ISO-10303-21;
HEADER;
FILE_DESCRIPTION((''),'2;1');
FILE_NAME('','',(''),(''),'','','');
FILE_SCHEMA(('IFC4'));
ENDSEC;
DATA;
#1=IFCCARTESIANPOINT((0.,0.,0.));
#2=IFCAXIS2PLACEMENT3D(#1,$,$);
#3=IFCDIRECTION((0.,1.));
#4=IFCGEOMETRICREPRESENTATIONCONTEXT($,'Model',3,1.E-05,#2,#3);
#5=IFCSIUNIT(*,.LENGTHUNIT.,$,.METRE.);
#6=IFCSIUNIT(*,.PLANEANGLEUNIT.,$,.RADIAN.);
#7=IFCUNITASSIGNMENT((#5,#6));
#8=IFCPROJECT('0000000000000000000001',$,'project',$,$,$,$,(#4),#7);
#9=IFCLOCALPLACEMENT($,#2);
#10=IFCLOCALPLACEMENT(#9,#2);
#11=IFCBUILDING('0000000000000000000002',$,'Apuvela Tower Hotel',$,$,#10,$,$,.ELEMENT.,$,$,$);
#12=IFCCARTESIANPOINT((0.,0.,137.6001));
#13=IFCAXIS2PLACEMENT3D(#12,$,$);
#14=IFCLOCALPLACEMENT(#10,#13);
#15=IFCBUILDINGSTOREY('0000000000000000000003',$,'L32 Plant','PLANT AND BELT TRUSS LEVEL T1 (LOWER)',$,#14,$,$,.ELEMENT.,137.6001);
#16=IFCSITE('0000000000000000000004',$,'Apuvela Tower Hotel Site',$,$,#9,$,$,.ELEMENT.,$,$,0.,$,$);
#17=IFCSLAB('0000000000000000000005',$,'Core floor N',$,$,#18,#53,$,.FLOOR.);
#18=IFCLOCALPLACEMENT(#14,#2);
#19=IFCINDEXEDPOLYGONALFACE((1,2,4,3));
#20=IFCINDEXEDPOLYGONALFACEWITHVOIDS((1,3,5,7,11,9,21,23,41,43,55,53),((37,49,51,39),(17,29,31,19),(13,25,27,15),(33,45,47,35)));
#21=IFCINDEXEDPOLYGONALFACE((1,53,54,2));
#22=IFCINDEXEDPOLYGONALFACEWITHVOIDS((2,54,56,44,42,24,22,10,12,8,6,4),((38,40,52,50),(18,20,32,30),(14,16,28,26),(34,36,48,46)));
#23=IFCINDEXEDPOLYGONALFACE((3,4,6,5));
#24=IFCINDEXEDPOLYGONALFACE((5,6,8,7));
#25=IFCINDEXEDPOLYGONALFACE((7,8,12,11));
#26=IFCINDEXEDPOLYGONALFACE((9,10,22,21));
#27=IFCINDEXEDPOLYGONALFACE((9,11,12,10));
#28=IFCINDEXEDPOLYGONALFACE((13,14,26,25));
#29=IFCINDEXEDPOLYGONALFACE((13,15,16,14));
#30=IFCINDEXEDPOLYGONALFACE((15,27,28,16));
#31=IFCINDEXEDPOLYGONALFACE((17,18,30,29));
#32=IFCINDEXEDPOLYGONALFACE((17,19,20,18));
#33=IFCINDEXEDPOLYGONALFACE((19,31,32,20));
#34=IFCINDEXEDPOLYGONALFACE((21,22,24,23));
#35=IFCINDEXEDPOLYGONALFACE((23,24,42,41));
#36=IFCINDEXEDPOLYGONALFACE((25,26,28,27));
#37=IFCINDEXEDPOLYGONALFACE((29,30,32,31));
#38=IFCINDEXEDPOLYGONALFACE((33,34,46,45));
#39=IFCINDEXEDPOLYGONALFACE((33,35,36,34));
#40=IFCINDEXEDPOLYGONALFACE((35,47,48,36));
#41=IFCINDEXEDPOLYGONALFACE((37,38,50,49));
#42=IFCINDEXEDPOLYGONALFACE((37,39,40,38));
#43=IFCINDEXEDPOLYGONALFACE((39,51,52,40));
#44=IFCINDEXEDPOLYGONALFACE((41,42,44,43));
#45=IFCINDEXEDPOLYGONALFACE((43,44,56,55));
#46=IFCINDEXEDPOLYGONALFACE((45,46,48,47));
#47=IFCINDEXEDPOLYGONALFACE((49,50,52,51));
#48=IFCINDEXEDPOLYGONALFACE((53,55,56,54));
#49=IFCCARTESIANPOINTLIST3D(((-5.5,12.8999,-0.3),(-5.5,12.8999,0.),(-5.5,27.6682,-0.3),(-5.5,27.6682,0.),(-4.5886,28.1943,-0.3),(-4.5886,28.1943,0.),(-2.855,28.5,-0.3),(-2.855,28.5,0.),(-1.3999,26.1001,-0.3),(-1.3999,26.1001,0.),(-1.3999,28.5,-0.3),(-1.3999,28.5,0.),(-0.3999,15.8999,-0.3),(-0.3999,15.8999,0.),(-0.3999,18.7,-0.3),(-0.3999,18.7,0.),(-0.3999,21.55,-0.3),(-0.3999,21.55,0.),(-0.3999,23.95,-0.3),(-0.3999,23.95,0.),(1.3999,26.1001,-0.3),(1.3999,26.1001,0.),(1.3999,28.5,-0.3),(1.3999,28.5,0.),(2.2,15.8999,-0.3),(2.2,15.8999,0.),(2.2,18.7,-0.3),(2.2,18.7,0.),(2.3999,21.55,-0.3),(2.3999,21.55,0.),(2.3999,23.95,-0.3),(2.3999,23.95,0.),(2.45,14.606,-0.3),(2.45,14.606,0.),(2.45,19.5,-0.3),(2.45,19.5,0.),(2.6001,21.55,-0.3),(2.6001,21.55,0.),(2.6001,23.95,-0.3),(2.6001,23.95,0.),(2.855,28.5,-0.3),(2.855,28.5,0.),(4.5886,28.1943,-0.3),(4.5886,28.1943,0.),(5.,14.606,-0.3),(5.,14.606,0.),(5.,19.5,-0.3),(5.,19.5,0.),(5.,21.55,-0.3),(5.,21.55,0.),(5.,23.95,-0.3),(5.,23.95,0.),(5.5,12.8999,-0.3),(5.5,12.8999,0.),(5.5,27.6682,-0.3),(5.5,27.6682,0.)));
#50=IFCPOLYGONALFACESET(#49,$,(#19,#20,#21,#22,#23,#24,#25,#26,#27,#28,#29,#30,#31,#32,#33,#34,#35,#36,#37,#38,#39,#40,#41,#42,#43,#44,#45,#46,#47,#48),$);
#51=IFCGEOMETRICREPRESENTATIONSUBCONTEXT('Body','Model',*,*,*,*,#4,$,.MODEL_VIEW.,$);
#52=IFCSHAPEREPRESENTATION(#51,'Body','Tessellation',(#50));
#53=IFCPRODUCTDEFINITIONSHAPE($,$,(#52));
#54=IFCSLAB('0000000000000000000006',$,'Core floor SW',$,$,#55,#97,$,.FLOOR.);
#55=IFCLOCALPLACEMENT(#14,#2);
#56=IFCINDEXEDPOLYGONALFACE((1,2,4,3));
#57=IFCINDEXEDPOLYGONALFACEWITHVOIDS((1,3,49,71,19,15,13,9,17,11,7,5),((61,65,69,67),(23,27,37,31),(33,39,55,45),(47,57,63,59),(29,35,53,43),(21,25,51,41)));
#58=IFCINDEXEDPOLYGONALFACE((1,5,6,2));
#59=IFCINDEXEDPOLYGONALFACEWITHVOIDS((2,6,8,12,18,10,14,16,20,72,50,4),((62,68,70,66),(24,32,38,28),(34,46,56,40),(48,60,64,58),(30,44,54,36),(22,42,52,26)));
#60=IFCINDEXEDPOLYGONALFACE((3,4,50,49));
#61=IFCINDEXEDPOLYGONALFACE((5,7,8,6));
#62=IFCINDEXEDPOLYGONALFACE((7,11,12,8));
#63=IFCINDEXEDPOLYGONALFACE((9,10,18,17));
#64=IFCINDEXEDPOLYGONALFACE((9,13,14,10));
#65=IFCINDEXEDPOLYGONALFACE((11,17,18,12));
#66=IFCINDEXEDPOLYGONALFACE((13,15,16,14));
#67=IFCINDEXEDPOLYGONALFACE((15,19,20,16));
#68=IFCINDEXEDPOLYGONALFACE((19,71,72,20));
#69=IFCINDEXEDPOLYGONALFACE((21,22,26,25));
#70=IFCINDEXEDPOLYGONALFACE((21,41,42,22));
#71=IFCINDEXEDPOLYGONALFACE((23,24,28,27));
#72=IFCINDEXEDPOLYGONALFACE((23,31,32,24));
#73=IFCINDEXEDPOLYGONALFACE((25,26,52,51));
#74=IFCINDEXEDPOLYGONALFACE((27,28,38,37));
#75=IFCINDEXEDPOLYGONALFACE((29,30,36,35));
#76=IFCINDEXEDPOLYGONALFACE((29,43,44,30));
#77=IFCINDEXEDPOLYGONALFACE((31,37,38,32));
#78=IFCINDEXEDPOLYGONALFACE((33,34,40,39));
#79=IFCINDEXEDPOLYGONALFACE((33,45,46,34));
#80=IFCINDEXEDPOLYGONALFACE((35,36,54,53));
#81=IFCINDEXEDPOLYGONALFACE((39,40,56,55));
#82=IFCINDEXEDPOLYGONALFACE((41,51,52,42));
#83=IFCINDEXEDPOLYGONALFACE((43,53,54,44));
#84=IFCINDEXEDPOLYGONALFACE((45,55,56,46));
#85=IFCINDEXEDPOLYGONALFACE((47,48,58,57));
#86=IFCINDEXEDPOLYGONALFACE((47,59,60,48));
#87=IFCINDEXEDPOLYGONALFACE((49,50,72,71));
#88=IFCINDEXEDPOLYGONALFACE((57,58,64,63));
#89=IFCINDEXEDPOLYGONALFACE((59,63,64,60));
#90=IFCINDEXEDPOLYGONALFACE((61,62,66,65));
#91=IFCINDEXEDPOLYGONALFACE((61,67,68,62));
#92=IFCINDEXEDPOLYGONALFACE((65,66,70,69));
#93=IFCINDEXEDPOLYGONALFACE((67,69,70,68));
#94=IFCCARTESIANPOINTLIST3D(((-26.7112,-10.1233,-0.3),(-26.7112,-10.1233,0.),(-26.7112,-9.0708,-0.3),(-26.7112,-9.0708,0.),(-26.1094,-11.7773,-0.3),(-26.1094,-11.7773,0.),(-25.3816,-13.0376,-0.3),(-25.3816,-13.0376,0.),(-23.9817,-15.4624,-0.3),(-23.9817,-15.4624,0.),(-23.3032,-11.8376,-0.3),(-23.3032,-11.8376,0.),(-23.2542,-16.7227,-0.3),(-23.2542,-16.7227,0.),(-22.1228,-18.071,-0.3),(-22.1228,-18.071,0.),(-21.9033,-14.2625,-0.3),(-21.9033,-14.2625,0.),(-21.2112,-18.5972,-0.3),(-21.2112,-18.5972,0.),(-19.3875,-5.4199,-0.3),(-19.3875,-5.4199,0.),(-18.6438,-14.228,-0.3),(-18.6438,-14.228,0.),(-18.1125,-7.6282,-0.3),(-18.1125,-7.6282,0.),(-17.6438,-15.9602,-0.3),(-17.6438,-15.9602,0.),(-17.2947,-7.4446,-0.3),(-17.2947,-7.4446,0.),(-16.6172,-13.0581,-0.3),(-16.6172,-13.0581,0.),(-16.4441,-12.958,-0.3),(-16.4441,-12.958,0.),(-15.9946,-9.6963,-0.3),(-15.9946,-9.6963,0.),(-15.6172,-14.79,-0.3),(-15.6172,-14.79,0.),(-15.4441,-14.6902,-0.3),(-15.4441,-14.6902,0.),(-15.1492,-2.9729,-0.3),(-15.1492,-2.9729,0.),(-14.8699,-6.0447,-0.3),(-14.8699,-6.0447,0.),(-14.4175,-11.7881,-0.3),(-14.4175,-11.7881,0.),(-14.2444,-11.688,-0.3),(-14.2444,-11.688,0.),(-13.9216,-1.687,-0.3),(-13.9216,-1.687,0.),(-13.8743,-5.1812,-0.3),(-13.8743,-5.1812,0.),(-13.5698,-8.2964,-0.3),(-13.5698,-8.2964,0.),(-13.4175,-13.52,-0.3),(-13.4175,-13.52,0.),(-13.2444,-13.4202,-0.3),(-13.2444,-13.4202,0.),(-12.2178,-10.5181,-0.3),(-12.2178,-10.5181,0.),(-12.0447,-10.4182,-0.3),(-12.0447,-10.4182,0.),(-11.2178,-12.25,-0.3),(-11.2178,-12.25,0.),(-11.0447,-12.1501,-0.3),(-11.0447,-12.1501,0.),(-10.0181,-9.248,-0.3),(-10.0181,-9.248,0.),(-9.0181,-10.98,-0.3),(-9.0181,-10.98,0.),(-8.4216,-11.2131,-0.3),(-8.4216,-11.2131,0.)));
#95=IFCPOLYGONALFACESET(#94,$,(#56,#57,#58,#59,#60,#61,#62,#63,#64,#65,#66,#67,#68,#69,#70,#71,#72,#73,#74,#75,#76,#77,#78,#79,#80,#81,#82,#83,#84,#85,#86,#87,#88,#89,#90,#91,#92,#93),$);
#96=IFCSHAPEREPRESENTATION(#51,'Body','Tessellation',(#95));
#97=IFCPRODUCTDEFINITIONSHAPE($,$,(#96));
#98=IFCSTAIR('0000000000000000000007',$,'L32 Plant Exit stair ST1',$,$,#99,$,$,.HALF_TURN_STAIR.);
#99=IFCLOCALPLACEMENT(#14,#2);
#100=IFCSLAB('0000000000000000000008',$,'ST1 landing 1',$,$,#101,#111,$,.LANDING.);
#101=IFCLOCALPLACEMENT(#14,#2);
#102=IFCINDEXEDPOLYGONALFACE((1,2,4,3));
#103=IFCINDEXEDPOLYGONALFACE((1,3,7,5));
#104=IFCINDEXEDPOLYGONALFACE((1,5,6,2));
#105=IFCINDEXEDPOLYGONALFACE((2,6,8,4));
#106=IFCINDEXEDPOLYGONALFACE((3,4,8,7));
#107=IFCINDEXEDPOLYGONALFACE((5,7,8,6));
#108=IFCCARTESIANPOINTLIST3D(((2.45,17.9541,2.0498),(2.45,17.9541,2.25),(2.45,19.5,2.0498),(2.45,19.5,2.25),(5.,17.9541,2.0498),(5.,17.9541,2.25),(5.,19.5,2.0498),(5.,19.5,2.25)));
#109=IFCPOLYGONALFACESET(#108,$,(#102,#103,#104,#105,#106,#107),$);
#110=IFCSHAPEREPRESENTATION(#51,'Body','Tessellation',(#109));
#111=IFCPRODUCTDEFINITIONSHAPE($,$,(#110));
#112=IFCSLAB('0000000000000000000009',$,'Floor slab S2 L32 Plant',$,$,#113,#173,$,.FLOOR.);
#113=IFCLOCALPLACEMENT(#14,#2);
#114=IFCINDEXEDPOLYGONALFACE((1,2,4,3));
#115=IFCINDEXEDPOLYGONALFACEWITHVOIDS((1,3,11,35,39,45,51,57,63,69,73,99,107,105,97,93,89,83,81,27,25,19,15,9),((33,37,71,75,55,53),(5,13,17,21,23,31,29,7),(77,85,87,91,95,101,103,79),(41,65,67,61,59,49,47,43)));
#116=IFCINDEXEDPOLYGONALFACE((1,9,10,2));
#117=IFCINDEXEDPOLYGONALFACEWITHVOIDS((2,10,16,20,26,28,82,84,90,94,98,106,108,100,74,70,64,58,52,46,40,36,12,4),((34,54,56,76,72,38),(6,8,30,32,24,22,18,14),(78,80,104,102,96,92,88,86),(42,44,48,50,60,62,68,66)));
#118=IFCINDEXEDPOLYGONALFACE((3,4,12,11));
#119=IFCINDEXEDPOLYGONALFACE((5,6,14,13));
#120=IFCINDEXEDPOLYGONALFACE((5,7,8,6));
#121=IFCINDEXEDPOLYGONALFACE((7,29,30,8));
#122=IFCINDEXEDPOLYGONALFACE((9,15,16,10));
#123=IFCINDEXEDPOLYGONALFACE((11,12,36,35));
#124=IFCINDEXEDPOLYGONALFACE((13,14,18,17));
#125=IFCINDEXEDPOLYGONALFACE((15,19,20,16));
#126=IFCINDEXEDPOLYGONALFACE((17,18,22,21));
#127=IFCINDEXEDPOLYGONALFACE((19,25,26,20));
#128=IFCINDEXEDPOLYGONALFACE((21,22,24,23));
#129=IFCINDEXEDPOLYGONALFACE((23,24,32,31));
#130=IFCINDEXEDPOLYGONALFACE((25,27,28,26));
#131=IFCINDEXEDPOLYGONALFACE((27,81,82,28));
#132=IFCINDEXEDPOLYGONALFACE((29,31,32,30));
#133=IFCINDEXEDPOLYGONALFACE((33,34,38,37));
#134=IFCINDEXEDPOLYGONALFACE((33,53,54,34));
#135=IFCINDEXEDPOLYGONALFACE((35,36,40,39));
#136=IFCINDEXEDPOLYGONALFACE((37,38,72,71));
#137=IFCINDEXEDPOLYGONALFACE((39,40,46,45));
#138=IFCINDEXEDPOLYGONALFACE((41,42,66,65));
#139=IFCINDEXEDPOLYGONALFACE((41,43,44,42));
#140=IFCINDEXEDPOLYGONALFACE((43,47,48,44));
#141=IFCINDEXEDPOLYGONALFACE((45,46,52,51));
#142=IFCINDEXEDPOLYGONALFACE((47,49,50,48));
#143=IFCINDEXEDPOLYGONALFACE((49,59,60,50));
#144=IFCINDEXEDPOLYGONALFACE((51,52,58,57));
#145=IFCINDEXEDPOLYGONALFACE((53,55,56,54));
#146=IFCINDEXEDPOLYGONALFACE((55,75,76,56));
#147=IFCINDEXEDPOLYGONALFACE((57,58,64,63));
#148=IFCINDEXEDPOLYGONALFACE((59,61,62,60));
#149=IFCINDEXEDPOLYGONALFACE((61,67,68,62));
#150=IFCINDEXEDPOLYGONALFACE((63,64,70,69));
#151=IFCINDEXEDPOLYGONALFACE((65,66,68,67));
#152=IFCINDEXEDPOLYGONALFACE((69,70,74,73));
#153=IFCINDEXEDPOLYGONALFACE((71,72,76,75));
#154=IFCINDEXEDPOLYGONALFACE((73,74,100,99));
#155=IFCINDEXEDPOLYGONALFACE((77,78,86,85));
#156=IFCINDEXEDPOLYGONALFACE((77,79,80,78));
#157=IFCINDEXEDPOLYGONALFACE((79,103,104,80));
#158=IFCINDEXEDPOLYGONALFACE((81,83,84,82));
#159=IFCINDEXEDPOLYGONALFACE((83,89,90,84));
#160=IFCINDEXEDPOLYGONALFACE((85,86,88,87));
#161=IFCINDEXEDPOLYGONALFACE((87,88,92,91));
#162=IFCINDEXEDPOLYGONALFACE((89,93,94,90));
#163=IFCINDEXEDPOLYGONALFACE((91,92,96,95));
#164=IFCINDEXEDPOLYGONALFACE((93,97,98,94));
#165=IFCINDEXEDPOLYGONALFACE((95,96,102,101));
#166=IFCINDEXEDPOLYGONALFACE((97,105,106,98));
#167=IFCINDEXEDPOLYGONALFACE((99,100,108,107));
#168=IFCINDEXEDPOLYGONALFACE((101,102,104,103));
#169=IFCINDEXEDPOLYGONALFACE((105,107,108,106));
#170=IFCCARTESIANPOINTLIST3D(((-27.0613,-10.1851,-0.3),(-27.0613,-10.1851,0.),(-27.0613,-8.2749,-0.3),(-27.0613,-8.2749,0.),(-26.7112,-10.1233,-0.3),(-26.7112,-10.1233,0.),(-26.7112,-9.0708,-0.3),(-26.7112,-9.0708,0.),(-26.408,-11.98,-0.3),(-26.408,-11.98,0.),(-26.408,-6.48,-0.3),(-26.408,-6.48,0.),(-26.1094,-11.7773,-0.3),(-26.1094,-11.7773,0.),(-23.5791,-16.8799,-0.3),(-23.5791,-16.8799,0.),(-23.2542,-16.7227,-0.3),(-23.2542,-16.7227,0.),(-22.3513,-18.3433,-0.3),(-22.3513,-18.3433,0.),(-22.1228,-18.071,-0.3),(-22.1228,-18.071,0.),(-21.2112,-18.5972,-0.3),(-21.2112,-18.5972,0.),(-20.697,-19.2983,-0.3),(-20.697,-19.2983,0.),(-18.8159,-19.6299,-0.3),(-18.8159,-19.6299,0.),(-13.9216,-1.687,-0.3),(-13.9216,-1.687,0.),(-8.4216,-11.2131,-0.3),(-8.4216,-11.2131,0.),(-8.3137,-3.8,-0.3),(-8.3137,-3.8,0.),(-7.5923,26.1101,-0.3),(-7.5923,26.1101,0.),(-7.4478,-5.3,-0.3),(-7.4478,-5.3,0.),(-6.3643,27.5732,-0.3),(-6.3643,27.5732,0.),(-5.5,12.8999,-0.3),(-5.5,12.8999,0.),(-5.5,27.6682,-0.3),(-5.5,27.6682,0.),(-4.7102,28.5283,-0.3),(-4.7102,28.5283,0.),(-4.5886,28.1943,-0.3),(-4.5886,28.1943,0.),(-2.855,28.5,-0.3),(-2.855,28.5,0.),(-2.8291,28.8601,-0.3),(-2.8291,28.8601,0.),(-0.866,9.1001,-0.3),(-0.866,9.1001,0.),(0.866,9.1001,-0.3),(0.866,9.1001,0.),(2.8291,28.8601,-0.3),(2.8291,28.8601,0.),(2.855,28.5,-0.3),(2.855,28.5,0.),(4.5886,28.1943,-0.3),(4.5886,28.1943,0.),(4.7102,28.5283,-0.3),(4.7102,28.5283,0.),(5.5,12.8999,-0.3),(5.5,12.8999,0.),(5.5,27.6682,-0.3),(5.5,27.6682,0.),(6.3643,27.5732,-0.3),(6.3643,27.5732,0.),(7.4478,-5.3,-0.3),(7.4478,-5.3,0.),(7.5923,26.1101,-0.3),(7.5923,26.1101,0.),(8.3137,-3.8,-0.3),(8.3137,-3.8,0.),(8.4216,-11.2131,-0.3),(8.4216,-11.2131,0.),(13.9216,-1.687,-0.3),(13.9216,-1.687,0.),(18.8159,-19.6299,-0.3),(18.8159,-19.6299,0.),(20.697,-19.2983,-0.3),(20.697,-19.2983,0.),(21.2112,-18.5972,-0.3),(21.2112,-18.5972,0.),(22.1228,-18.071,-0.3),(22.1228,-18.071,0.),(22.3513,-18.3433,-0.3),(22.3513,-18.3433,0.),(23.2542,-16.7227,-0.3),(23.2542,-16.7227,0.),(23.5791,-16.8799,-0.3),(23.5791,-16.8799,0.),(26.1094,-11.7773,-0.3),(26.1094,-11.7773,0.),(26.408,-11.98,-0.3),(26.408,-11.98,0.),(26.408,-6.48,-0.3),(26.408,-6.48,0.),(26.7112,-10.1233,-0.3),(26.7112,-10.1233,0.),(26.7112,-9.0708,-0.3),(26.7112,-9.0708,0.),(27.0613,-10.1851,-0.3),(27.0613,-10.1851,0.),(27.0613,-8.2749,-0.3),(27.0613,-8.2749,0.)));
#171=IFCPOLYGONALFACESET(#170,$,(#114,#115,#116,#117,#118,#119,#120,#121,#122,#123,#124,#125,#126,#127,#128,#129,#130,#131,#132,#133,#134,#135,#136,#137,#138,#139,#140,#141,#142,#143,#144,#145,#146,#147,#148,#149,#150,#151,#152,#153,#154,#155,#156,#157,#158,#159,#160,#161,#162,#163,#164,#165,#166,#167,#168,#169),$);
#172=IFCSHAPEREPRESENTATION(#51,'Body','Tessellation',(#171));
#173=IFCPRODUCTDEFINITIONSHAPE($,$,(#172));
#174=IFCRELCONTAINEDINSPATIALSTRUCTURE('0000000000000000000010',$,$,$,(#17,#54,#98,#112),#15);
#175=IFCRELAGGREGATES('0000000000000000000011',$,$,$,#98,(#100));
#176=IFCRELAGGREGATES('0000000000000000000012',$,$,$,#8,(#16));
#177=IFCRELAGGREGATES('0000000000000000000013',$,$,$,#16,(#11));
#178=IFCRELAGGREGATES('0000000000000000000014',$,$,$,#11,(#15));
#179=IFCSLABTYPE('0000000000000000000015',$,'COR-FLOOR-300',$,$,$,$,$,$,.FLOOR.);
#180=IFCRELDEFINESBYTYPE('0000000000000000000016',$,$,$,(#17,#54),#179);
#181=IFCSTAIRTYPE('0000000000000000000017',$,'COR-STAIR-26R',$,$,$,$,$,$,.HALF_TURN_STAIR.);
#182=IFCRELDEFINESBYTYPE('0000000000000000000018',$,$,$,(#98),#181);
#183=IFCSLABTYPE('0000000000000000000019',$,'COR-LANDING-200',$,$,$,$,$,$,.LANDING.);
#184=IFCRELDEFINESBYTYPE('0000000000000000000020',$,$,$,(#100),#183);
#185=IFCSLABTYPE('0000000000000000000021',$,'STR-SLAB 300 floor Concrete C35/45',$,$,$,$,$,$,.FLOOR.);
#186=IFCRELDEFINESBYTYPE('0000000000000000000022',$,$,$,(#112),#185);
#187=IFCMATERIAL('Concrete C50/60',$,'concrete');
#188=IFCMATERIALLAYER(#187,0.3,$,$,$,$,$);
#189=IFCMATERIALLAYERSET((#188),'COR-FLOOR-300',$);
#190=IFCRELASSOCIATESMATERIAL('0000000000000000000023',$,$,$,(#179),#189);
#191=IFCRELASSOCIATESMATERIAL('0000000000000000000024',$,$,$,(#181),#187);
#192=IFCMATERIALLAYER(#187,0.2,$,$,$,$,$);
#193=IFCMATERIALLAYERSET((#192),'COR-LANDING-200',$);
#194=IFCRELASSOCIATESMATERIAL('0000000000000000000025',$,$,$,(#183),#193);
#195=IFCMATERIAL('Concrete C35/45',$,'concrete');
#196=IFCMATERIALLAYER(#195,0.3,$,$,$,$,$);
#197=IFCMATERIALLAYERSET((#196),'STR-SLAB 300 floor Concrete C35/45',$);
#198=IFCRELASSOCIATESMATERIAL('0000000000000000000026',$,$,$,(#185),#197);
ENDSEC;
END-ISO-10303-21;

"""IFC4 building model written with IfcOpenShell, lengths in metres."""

from ifc_helpers import new_model, si_unit, direction, frame, origin, place, context, subcontext, project, spatial, polyline, outline, extrude, material, layer, layer_set, type_object, element, aggregate, save


model = new_model("IFC4")

# Units and contexts
model_context = context("Model", 3, precision=1e-05, world=origin(), true_north=direction((0.0, 1.0)))
body_context = subcontext(model_context, "Body", "Model", "MODEL_VIEW")
ifc_project = project(units=[si_unit("LENGTHUNIT", "METRE"), si_unit("PLANEANGLEUNIT", "RADIAN")], contexts=[model_context])

# Site, building, storey
site_placement = place(None, origin())
site = spatial("IfcSite", under=ifc_project, at=site_placement, Name="Apuvela Tower Hotel Site", CompositionType="ELEMENT", RefElevation=0.0)
building_placement = place(site_placement, origin())
building = spatial("IfcBuilding", under=site, at=building_placement, Name="Apuvela Tower Hotel", CompositionType="ELEMENT")
storey_placement = place(building_placement, frame((0.0, 0.0, 137.6001)))
storey = spatial("IfcBuildingStorey", under=building, at=storey_placement, Name="L32 Plant", Description="PLANT AND BELT TRUSS LEVEL T1 (LOWER)", CompositionType="ELEMENT", Elevation=137.6001)

# Slabs
ifc_material_1 = material(Name="Concrete C50/60", Category="concrete")
ifc_layer_1 = layer(ifc_material_1, 0.3)
ifc_layer_set_1 = layer_set([ifc_layer_1], Name="COR-FLOOR-300")
slab_type_1 = type_object("IfcSlabType", Name="COR-FLOOR-300", PredefinedType="FLOOR", material=ifc_layer_set_1)
slab_1_placement = place(storey_placement, frame((0.0, 0.0, -0.3)))
element("IfcSlab", 1, at=slab_1_placement, inside=storey, type_object=slab_type_1, Name="Core floor N", PredefinedType="FLOOR", context=body_context, shape_type="SweptSolid", body=[
    extrude(outline(polyline([(5.5, 27.6682), (4.5886, 28.1943), (2.855, 28.5), (1.3999, 28.5), (1.3999, 26.1001), (-1.3999, 26.1001), (-1.3999, 28.5), (-2.855, 28.5), (-4.5886, 28.1943), (-5.5, 27.6682), (-5.5, 12.8999), (5.5, 12.8999), (5.5, 27.6682)]), holes=[polyline([(5.0, 14.606), (2.45, 14.606), (2.45, 19.5), (5.0, 19.5), (5.0, 14.606)]), polyline([(2.2, 15.8999), (-0.3999, 15.8999), (-0.3999, 18.7), (2.2, 18.7), (2.2, 15.8999)]), polyline([(5.0, 21.55), (2.6001, 21.55), (2.6001, 23.95), (5.0, 23.95), (5.0, 21.55)]), polyline([(2.3999, 21.55), (-0.3999, 21.55), (-0.3999, 23.95), (2.3999, 23.95), (2.3999, 21.55)])]), origin(), (0.0, 0.0, 1.0), 0.3),
])
slab_2_placement = place(storey_placement, frame((0.0, 0.0, -0.3)))
element("IfcSlab", 2, at=slab_2_placement, inside=storey, type_object=slab_type_1, Name="Core floor SW", PredefinedType="FLOOR", context=body_context, shape_type="SweptSolid", body=[
    extrude(outline(polyline([(-26.7112, -9.0708), (-26.7112, -10.1233), (-26.1094, -11.7773), (-25.3816, -13.0376), (-23.3032, -11.8376), (-21.9033, -14.2625), (-23.9817, -15.4624), (-23.2542, -16.7227), (-22.1228, -18.071), (-21.2112, -18.5972), (-8.4216, -11.2131), (-13.9216, -1.687), (-26.7112, -9.0708)]), holes=[polyline([(-10.0181, -9.248), (-9.0181, -10.98), (-11.0447, -12.1501), (-12.0447, -10.4182), (-10.0181, -9.248)]), polyline([(-14.2444, -11.688), (-12.2178, -10.5181), (-11.2178, -12.25), (-13.2444, -13.4202), (-14.2444, -11.688)]), polyline([(-19.3875, -5.4199), (-15.1492, -2.9729), (-13.8743, -5.1812), (-18.1125, -7.6282), (-19.3875, -5.4199)]), polyline([(-14.8699, -6.0447), (-13.5698, -8.2964), (-15.9946, -9.6963), (-17.2947, -7.4446), (-14.8699, -6.0447)]), polyline([(-16.4441, -12.958), (-14.4175, -11.7881), (-13.4175, -13.52), (-15.4441, -14.6902), (-16.4441, -12.958)]), polyline([(-18.6438, -14.228), (-16.6172, -13.0581), (-15.6172, -14.79), (-17.6438, -15.9602), (-18.6438, -14.228)])]), origin(), (0.0, 0.0, 1.0), 0.3),
])

# Stair, slab
stair_type = type_object("IfcStairType", Name="COR-STAIR-26R", PredefinedType="HALF_TURN_STAIR", material=ifc_material_1)
stair_placement = place(storey_placement, origin())
stair = element("IfcStair", 3, at=stair_placement, inside=storey, type_object=stair_type, Name="L32 Plant Exit stair ST1", PredefinedType="HALF_TURN_STAIR")
ifc_layer_2 = layer(ifc_material_1, 0.2)
ifc_layer_set_2 = layer_set([ifc_layer_2], Name="COR-LANDING-200")
slab_type_2 = type_object("IfcSlabType", Name="COR-LANDING-200", PredefinedType="LANDING", material=ifc_layer_set_2)
slab_3_placement = place(storey_placement, frame((0.0, 0.0, 2.0498)))
slab_3 = element("IfcSlab", 4, at=slab_3_placement, type_object=slab_type_2, Name="ST1 landing 1", PredefinedType="LANDING", context=body_context, shape_type="SweptSolid", body=[
    extrude(outline(polyline([(5.0, 17.9541), (5.0, 19.5), (2.45, 19.5), (2.45, 17.9541), (5.0, 17.9541)])), origin(), (0.0, 0.0, 1.0), 0.2002),
])
aggregate(stair, [slab_3])

# Slab
ifc_material_2 = material(Name="Concrete C35/45", Category="concrete")
ifc_layer_3 = layer(ifc_material_2, 0.3)
ifc_layer_set_3 = layer_set([ifc_layer_3], Name="STR-SLAB 300 floor Concrete C35/45")
slab_type_3 = type_object("IfcSlabType", Name="STR-SLAB 300 floor Concrete C35/45", PredefinedType="FLOOR", material=ifc_layer_set_3)
slab_4_placement = place(storey_placement, frame((0.0, 0.0, -0.3)))
element("IfcSlab", 5, at=slab_4_placement, inside=storey, type_object=slab_type_3, Name="Floor slab S2 L32 Plant", PredefinedType="FLOOR", context=body_context, shape_type="SweptSolid", body=[
    extrude(outline(polyline([(7.5923, 26.1101), (6.3643, 27.5732), (4.7102, 28.5283), (2.8291, 28.8601), (-2.8291, 28.8601), (-4.7102, 28.5283), (-6.3643, 27.5732), (-7.5923, 26.1101), (-26.408, -6.48), (-27.0613, -8.2749), (-27.0613, -10.1851), (-26.408, -11.98), (-23.5791, -16.8799), (-22.3513, -18.3433), (-20.697, -19.2983), (-18.8159, -19.6299), (18.8159, -19.6299), (20.697, -19.2983), (22.3513, -18.3433), (23.5791, -16.8799), (26.408, -11.98), (27.0613, -10.1851), (27.0613, -8.2749), (26.408, -6.48), (7.5923, 26.1101)]), holes=[polyline([(0.866, 9.1001), (-0.866, 9.1001), (-8.3137, -3.8), (-7.4478, -5.3), (7.4478, -5.3), (8.3137, -3.8), (0.866, 9.1001)]), polyline([(-5.5, 12.8999), (-5.5, 27.6682), (-4.5886, 28.1943), (-2.855, 28.5), (2.855, 28.5), (4.5886, 28.1943), (5.5, 27.6682), (5.5, 12.8999), (-5.5, 12.8999)]), polyline([(-8.4216, -11.2131), (-21.2112, -18.5972), (-22.1228, -18.071), (-23.2542, -16.7227), (-26.1094, -11.7773), (-26.7112, -10.1233), (-26.7112, -9.0708), (-13.9216, -1.687), (-8.4216, -11.2131)]), polyline([(13.9216, -1.687), (26.7112, -9.0708), (26.7112, -10.1233), (26.1094, -11.7773), (23.2542, -16.7227), (22.1228, -18.071), (21.2112, -18.5972), (8.4216, -11.2131), (13.9216, -1.687)])]), origin(), (0.0, 0.0, 1.0), 0.3),
])

save(model, "model.ifc")
